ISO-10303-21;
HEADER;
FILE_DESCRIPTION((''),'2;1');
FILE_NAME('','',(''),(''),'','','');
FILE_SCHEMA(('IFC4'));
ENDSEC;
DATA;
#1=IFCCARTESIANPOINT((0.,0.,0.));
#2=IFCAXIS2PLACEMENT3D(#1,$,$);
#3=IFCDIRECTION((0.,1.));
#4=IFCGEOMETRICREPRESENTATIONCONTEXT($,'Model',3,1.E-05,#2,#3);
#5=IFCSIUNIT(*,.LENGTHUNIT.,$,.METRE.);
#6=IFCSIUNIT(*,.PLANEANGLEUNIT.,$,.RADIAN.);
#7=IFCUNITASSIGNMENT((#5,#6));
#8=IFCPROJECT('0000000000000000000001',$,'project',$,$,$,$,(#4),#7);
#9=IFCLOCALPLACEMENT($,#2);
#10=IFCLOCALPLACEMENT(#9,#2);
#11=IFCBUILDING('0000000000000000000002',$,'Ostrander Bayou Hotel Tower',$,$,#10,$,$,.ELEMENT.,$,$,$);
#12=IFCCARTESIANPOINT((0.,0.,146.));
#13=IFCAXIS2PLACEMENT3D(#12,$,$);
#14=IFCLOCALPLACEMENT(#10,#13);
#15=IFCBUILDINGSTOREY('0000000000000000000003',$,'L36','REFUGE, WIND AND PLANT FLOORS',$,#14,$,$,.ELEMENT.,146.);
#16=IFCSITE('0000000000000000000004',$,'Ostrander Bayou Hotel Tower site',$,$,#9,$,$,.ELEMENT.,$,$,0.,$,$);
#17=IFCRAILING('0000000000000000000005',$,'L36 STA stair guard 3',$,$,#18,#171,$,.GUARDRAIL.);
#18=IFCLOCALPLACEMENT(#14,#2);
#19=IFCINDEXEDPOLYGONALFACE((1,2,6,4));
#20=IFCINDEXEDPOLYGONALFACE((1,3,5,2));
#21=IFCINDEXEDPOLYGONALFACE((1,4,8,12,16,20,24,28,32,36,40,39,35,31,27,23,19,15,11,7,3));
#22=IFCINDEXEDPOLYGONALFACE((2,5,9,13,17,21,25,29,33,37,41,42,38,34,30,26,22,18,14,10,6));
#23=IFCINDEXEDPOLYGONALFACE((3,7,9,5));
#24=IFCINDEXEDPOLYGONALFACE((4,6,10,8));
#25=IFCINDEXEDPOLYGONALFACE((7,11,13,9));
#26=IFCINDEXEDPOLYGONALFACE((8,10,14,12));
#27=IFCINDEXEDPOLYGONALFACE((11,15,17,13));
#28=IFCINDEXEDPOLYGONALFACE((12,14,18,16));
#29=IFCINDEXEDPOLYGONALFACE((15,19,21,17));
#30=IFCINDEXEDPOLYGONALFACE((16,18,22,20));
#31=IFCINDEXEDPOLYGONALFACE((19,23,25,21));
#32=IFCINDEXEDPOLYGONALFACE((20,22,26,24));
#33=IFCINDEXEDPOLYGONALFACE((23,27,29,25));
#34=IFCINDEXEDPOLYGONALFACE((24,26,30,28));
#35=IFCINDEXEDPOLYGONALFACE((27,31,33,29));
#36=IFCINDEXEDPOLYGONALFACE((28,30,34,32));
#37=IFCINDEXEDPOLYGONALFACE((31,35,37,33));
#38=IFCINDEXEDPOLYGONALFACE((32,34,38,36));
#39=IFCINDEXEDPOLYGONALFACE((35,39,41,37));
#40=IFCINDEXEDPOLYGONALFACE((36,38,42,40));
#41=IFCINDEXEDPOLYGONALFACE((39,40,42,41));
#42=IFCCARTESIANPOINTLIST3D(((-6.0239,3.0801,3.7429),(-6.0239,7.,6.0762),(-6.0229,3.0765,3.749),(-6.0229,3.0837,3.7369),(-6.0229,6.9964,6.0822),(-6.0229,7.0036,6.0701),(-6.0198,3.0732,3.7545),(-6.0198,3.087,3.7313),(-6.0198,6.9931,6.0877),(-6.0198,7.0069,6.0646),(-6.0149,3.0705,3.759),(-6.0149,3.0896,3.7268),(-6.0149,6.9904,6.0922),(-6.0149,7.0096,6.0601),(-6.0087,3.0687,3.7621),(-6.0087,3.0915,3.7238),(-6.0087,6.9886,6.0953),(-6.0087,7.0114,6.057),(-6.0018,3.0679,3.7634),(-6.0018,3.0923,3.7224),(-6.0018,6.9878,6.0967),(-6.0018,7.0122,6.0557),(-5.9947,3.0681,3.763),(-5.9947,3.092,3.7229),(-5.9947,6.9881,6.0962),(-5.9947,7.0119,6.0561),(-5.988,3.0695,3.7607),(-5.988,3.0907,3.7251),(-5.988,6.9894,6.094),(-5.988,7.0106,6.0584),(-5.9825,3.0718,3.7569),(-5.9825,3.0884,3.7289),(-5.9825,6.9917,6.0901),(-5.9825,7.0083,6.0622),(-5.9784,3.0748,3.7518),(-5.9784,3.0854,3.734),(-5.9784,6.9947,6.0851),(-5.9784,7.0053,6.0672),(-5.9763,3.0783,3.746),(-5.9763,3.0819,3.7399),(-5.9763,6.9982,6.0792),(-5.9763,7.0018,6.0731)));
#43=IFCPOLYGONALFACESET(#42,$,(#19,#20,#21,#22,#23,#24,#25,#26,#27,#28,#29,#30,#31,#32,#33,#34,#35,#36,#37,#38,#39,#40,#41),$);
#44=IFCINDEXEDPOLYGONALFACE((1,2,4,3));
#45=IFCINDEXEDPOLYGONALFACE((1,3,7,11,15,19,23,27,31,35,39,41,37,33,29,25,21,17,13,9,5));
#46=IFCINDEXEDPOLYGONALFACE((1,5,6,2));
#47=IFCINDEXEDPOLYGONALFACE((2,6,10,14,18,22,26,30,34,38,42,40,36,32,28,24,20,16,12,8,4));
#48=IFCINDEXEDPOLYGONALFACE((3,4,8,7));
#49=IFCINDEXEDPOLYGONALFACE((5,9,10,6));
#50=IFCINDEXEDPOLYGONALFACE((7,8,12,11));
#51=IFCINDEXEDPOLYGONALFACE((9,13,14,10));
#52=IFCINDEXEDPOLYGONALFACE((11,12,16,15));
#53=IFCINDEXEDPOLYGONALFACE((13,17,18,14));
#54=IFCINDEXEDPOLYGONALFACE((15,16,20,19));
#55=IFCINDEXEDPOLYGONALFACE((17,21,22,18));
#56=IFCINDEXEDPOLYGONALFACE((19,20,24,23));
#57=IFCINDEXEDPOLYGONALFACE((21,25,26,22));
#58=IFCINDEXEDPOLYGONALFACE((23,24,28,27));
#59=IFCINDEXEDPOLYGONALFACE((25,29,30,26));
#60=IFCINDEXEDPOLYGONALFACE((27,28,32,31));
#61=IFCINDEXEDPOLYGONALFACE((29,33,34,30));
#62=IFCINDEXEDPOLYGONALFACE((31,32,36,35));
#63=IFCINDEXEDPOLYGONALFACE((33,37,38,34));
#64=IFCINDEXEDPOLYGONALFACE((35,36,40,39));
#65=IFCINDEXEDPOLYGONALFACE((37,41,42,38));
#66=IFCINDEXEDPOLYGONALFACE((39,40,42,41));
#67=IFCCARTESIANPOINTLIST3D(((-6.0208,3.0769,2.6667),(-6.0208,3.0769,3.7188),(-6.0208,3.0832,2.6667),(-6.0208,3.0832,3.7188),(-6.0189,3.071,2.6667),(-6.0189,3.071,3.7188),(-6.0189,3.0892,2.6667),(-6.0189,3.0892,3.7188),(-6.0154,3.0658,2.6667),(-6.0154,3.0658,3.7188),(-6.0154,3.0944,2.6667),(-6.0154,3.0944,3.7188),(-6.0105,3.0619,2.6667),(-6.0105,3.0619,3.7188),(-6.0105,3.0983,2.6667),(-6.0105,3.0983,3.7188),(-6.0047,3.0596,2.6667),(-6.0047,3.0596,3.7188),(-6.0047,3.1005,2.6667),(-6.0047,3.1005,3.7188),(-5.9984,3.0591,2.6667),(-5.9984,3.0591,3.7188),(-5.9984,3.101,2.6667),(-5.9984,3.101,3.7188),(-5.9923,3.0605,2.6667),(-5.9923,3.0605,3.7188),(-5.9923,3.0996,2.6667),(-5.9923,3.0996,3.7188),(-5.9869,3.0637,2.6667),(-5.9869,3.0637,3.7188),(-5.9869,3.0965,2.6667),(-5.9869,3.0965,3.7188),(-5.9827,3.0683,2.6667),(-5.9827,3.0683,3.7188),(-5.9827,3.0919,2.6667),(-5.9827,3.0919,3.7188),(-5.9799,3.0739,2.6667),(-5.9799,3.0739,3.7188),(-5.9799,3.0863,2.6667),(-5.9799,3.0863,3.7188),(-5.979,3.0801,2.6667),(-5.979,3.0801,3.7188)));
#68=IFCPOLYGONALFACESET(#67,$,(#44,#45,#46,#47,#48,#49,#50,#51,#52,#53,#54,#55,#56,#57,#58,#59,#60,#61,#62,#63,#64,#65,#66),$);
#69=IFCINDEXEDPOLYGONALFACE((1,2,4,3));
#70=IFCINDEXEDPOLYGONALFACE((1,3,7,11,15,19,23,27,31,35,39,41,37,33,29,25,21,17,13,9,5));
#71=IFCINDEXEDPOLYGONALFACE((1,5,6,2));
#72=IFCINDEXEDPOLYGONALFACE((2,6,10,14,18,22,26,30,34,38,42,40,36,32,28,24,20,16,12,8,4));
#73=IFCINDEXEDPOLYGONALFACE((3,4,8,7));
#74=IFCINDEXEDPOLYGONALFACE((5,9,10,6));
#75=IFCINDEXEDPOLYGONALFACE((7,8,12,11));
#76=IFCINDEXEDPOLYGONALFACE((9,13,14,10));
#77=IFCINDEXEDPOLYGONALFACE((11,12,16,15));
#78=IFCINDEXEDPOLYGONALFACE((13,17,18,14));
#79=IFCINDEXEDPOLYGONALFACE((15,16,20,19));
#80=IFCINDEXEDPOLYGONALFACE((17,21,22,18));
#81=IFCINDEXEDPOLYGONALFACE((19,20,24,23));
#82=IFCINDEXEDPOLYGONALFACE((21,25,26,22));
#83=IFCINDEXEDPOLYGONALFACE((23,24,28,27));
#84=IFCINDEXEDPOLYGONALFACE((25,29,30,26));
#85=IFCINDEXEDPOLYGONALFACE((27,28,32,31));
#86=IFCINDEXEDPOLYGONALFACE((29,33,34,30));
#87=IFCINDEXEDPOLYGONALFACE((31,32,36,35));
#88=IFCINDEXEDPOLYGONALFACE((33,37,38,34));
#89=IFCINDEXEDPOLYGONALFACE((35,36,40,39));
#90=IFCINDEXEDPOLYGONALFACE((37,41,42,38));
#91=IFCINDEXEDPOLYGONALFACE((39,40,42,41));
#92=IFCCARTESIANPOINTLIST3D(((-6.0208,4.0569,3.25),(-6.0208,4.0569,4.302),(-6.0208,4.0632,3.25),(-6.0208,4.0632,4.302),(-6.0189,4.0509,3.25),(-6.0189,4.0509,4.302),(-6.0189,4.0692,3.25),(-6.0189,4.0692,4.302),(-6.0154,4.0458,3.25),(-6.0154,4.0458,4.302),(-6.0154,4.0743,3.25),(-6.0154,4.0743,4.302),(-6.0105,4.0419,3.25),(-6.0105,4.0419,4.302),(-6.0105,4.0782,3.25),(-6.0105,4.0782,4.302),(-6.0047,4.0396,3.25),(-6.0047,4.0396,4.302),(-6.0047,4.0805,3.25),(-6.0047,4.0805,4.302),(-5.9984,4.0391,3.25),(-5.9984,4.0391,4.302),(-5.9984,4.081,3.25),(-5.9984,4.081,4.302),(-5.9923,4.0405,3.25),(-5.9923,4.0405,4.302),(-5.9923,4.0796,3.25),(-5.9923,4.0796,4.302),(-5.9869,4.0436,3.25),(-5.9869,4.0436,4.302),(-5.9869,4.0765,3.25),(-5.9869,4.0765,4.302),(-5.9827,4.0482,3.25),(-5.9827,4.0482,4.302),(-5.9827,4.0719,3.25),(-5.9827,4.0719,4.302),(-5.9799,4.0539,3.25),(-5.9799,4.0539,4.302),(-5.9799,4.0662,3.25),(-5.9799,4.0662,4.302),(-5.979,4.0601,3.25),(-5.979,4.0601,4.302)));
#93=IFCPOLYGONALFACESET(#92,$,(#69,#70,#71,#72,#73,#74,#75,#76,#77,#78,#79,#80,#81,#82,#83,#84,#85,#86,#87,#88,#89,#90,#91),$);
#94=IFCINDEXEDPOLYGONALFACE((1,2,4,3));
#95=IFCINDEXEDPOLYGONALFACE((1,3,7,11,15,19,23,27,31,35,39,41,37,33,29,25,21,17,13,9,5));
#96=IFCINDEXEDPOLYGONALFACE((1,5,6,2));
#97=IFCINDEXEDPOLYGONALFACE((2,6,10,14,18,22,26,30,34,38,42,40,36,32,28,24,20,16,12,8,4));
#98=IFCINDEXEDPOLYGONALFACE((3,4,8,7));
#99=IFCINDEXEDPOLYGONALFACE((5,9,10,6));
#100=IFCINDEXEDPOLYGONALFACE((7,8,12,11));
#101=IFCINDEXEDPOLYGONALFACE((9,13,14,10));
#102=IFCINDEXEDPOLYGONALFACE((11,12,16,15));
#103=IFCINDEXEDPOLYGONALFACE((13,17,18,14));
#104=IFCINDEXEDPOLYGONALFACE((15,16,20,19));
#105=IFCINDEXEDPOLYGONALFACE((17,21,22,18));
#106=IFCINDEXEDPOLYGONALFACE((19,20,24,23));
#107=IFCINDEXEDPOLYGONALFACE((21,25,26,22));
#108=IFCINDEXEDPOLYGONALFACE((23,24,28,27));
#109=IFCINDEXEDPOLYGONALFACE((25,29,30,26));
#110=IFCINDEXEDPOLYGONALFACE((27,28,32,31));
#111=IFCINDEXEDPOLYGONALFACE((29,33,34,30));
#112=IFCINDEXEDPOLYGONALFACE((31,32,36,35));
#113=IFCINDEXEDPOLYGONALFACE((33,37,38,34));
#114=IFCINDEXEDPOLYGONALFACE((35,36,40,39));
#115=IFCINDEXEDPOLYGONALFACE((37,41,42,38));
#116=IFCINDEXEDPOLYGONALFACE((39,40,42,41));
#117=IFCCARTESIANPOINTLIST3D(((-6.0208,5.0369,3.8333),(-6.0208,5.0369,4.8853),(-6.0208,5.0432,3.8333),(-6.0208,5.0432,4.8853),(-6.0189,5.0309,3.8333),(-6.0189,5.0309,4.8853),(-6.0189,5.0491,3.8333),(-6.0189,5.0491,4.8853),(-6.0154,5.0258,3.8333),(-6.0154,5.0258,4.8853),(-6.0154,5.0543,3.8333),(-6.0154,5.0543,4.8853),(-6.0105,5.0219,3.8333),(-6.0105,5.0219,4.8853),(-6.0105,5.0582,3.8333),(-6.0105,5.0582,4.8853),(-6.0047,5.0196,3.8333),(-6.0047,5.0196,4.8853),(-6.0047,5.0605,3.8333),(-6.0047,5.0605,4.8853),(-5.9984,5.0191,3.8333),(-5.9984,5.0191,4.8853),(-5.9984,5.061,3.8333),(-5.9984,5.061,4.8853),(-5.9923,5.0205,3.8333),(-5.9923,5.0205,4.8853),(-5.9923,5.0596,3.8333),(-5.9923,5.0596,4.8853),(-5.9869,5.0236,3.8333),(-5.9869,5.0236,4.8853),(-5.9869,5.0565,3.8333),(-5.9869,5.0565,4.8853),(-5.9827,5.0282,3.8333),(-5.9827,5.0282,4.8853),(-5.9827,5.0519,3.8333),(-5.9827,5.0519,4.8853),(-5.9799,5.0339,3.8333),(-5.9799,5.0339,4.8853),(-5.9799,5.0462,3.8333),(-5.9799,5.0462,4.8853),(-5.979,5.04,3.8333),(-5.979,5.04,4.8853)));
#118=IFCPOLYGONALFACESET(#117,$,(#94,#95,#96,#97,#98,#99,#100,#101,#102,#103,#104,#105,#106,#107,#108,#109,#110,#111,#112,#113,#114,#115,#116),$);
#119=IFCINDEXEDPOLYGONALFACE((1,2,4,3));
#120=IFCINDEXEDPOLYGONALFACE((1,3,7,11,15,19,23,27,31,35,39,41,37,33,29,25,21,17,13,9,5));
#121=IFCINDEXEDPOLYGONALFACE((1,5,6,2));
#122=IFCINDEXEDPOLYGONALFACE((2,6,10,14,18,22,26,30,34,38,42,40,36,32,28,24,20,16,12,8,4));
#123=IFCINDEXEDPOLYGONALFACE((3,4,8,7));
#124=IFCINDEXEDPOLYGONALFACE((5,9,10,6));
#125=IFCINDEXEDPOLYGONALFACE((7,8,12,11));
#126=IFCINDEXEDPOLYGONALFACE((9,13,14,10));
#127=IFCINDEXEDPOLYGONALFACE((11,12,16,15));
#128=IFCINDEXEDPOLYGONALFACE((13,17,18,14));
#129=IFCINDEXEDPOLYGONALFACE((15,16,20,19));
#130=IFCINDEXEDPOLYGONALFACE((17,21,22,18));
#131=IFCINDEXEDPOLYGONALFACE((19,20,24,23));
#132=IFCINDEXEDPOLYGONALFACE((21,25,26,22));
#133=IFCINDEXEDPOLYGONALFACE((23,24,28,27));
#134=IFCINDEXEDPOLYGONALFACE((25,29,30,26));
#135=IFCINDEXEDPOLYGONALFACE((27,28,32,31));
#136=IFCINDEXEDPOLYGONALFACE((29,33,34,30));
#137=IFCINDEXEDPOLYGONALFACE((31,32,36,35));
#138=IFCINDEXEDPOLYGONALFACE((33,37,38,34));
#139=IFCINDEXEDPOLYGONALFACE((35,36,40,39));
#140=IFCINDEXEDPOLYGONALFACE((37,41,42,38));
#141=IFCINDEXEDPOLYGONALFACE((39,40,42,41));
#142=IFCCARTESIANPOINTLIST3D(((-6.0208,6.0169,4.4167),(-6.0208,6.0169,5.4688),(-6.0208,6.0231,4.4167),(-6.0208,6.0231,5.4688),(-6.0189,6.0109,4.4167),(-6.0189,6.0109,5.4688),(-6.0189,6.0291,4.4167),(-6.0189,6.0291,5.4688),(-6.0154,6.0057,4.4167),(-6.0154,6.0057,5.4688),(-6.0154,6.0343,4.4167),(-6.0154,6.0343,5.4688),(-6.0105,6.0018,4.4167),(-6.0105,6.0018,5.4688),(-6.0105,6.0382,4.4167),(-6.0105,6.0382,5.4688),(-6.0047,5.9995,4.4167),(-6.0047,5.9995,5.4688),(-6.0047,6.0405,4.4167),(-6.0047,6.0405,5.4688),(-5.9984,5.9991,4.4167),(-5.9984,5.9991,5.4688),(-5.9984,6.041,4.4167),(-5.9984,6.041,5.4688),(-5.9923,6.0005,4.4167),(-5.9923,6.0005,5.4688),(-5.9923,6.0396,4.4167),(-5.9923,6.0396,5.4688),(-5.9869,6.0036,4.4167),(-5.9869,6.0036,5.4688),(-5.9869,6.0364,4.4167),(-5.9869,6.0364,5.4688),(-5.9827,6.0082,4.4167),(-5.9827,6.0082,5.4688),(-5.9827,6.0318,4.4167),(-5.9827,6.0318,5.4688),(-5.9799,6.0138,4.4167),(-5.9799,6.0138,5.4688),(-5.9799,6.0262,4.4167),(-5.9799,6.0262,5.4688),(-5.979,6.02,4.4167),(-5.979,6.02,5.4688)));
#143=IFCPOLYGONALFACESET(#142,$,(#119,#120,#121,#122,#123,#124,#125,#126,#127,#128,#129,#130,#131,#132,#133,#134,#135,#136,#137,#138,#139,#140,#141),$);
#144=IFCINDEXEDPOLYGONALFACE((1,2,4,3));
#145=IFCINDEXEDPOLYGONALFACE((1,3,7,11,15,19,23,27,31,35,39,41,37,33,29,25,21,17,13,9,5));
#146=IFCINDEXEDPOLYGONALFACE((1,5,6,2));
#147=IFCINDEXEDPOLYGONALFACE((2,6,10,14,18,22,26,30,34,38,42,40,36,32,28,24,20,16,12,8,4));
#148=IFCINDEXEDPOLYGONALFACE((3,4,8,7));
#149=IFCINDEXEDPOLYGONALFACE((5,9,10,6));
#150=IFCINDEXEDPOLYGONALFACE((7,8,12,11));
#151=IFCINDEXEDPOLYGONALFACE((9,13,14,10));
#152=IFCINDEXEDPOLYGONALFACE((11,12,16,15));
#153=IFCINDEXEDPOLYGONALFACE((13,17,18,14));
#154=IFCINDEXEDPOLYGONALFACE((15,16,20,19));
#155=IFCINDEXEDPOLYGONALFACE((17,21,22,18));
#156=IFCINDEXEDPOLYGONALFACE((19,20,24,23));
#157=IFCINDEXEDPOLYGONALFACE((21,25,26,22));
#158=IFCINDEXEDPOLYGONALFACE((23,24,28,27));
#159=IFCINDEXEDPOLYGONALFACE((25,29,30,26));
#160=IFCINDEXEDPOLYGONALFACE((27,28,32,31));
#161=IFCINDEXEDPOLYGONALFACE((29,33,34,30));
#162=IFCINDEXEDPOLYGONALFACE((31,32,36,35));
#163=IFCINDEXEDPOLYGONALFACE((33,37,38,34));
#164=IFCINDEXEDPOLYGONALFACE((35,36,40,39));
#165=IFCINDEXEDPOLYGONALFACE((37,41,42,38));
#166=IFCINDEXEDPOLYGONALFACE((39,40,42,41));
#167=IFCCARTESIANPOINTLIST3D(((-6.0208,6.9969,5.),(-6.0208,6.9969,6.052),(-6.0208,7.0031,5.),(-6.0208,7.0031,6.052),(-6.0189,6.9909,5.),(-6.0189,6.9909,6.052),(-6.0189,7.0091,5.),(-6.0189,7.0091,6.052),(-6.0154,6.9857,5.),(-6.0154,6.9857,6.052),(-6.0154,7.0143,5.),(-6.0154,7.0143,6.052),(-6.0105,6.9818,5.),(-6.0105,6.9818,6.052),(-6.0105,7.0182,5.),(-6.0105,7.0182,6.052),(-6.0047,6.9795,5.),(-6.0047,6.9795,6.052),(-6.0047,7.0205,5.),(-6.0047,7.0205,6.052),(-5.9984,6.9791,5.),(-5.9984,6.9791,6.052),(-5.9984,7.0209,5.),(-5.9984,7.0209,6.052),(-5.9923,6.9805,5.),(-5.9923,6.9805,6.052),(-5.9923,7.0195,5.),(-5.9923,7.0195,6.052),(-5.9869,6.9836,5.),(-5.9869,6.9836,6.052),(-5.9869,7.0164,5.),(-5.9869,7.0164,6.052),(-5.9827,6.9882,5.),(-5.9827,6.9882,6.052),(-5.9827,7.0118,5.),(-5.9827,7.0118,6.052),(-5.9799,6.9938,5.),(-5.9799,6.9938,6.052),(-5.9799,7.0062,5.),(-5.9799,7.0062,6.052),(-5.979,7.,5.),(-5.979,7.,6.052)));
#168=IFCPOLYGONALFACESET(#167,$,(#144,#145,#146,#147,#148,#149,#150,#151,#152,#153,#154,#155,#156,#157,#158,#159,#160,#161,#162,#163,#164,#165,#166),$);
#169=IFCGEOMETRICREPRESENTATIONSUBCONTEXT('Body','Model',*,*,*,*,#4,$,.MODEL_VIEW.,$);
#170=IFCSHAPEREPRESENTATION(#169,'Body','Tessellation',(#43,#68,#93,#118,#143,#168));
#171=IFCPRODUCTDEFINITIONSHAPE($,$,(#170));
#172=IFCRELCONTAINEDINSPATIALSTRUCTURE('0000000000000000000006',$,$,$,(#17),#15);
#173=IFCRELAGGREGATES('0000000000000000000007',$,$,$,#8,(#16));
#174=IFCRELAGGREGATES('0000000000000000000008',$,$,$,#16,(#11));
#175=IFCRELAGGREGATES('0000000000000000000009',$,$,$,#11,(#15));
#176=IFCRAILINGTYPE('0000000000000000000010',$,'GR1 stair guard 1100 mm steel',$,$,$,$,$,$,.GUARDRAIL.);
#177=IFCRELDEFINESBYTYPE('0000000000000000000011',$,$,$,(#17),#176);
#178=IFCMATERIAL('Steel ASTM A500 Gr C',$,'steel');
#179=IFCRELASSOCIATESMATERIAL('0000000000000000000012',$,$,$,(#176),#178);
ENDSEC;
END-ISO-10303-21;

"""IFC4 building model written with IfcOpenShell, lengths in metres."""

from ifc_helpers import new_model, si_unit, direction, frame, origin, origin_2d, place, context, subcontext, project, spatial, circle, extrude, material, type_object, element, save


model = new_model("IFC4")

# Units and contexts
model_context = context("Model", 3, precision=1e-05, world=origin(), true_north=direction((0.0, 1.0)))
body_context = subcontext(model_context, "Body", "Model", "MODEL_VIEW")
ifc_project = project(units=[si_unit("LENGTHUNIT", "METRE"), si_unit("PLANEANGLEUNIT", "RADIAN")], contexts=[model_context])

# Site, building, storey
site_placement = place(None, origin())
site = spatial("IfcSite", under=ifc_project, at=site_placement, Name="Ostrander Bayou Hotel Tower site", CompositionType="ELEMENT", RefElevation=0.0)
building_placement = place(site_placement, origin())
building = spatial("IfcBuilding", under=site, at=building_placement, Name="Ostrander Bayou Hotel Tower", CompositionType="ELEMENT")
storey_placement = place(building_placement, frame((0.0, 0.0, 146.0)))
storey = spatial("IfcBuildingStorey", under=building, at=storey_placement, Name="L36", Description="REFUGE, WIND AND PLANT FLOORS", CompositionType="ELEMENT", Elevation=146.0)

# Railing
ifc_material_1 = material(Name="Steel ASTM A500 Gr C", Category="steel")
railing_type_1 = type_object("IfcRailingType", Name="GR1 stair guard 1100 mm steel", PredefinedType="GUARDRAIL", material=ifc_material_1)
railing_1_placement = place(storey_placement, frame((-6.0, 3.0801, 2.6667)))
element("IfcRailing", 1, at=railing_1_placement, inside=storey, type_object=railing_type_1, Name="L36 STA stair guard 3", PredefinedType="GUARDRAIL", context=body_context, shape_type="SweptSolid", body=[
    extrude(circle(Radius=0.0239, at=origin_2d()), frame((0.0, 0.0, 1.0762), z_axis=(0.0, 0.859296, 0.511478), x_axis=(-1.0, 0.0, 0.0)), (0.0, 0.0, 1.0), 4.5618),
    extrude(circle(Radius=0.021, at=origin_2d()), origin(), (0.0, 0.0, 1.0), 1.052),
    extrude(circle(Radius=0.021, at=origin_2d()), frame((0.0, 0.98, 0.5833)), (0.0, 0.0, 1.0), 1.052),
    extrude(circle(Radius=0.021, at=origin_2d()), frame((0.0, 1.96, 1.1665)), (0.0, 0.0, 1.0), 1.052),
    extrude(circle(Radius=0.021, at=origin_2d()), frame((0.0, 2.9399, 1.75)), (0.0, 0.0, 1.0), 1.052),
    extrude(circle(Radius=0.021, at=origin_2d()), frame((0.0, 3.9199, 2.3333)), (0.0, 0.0, 1.0), 1.052),
])

save(model, "model.ifc")
